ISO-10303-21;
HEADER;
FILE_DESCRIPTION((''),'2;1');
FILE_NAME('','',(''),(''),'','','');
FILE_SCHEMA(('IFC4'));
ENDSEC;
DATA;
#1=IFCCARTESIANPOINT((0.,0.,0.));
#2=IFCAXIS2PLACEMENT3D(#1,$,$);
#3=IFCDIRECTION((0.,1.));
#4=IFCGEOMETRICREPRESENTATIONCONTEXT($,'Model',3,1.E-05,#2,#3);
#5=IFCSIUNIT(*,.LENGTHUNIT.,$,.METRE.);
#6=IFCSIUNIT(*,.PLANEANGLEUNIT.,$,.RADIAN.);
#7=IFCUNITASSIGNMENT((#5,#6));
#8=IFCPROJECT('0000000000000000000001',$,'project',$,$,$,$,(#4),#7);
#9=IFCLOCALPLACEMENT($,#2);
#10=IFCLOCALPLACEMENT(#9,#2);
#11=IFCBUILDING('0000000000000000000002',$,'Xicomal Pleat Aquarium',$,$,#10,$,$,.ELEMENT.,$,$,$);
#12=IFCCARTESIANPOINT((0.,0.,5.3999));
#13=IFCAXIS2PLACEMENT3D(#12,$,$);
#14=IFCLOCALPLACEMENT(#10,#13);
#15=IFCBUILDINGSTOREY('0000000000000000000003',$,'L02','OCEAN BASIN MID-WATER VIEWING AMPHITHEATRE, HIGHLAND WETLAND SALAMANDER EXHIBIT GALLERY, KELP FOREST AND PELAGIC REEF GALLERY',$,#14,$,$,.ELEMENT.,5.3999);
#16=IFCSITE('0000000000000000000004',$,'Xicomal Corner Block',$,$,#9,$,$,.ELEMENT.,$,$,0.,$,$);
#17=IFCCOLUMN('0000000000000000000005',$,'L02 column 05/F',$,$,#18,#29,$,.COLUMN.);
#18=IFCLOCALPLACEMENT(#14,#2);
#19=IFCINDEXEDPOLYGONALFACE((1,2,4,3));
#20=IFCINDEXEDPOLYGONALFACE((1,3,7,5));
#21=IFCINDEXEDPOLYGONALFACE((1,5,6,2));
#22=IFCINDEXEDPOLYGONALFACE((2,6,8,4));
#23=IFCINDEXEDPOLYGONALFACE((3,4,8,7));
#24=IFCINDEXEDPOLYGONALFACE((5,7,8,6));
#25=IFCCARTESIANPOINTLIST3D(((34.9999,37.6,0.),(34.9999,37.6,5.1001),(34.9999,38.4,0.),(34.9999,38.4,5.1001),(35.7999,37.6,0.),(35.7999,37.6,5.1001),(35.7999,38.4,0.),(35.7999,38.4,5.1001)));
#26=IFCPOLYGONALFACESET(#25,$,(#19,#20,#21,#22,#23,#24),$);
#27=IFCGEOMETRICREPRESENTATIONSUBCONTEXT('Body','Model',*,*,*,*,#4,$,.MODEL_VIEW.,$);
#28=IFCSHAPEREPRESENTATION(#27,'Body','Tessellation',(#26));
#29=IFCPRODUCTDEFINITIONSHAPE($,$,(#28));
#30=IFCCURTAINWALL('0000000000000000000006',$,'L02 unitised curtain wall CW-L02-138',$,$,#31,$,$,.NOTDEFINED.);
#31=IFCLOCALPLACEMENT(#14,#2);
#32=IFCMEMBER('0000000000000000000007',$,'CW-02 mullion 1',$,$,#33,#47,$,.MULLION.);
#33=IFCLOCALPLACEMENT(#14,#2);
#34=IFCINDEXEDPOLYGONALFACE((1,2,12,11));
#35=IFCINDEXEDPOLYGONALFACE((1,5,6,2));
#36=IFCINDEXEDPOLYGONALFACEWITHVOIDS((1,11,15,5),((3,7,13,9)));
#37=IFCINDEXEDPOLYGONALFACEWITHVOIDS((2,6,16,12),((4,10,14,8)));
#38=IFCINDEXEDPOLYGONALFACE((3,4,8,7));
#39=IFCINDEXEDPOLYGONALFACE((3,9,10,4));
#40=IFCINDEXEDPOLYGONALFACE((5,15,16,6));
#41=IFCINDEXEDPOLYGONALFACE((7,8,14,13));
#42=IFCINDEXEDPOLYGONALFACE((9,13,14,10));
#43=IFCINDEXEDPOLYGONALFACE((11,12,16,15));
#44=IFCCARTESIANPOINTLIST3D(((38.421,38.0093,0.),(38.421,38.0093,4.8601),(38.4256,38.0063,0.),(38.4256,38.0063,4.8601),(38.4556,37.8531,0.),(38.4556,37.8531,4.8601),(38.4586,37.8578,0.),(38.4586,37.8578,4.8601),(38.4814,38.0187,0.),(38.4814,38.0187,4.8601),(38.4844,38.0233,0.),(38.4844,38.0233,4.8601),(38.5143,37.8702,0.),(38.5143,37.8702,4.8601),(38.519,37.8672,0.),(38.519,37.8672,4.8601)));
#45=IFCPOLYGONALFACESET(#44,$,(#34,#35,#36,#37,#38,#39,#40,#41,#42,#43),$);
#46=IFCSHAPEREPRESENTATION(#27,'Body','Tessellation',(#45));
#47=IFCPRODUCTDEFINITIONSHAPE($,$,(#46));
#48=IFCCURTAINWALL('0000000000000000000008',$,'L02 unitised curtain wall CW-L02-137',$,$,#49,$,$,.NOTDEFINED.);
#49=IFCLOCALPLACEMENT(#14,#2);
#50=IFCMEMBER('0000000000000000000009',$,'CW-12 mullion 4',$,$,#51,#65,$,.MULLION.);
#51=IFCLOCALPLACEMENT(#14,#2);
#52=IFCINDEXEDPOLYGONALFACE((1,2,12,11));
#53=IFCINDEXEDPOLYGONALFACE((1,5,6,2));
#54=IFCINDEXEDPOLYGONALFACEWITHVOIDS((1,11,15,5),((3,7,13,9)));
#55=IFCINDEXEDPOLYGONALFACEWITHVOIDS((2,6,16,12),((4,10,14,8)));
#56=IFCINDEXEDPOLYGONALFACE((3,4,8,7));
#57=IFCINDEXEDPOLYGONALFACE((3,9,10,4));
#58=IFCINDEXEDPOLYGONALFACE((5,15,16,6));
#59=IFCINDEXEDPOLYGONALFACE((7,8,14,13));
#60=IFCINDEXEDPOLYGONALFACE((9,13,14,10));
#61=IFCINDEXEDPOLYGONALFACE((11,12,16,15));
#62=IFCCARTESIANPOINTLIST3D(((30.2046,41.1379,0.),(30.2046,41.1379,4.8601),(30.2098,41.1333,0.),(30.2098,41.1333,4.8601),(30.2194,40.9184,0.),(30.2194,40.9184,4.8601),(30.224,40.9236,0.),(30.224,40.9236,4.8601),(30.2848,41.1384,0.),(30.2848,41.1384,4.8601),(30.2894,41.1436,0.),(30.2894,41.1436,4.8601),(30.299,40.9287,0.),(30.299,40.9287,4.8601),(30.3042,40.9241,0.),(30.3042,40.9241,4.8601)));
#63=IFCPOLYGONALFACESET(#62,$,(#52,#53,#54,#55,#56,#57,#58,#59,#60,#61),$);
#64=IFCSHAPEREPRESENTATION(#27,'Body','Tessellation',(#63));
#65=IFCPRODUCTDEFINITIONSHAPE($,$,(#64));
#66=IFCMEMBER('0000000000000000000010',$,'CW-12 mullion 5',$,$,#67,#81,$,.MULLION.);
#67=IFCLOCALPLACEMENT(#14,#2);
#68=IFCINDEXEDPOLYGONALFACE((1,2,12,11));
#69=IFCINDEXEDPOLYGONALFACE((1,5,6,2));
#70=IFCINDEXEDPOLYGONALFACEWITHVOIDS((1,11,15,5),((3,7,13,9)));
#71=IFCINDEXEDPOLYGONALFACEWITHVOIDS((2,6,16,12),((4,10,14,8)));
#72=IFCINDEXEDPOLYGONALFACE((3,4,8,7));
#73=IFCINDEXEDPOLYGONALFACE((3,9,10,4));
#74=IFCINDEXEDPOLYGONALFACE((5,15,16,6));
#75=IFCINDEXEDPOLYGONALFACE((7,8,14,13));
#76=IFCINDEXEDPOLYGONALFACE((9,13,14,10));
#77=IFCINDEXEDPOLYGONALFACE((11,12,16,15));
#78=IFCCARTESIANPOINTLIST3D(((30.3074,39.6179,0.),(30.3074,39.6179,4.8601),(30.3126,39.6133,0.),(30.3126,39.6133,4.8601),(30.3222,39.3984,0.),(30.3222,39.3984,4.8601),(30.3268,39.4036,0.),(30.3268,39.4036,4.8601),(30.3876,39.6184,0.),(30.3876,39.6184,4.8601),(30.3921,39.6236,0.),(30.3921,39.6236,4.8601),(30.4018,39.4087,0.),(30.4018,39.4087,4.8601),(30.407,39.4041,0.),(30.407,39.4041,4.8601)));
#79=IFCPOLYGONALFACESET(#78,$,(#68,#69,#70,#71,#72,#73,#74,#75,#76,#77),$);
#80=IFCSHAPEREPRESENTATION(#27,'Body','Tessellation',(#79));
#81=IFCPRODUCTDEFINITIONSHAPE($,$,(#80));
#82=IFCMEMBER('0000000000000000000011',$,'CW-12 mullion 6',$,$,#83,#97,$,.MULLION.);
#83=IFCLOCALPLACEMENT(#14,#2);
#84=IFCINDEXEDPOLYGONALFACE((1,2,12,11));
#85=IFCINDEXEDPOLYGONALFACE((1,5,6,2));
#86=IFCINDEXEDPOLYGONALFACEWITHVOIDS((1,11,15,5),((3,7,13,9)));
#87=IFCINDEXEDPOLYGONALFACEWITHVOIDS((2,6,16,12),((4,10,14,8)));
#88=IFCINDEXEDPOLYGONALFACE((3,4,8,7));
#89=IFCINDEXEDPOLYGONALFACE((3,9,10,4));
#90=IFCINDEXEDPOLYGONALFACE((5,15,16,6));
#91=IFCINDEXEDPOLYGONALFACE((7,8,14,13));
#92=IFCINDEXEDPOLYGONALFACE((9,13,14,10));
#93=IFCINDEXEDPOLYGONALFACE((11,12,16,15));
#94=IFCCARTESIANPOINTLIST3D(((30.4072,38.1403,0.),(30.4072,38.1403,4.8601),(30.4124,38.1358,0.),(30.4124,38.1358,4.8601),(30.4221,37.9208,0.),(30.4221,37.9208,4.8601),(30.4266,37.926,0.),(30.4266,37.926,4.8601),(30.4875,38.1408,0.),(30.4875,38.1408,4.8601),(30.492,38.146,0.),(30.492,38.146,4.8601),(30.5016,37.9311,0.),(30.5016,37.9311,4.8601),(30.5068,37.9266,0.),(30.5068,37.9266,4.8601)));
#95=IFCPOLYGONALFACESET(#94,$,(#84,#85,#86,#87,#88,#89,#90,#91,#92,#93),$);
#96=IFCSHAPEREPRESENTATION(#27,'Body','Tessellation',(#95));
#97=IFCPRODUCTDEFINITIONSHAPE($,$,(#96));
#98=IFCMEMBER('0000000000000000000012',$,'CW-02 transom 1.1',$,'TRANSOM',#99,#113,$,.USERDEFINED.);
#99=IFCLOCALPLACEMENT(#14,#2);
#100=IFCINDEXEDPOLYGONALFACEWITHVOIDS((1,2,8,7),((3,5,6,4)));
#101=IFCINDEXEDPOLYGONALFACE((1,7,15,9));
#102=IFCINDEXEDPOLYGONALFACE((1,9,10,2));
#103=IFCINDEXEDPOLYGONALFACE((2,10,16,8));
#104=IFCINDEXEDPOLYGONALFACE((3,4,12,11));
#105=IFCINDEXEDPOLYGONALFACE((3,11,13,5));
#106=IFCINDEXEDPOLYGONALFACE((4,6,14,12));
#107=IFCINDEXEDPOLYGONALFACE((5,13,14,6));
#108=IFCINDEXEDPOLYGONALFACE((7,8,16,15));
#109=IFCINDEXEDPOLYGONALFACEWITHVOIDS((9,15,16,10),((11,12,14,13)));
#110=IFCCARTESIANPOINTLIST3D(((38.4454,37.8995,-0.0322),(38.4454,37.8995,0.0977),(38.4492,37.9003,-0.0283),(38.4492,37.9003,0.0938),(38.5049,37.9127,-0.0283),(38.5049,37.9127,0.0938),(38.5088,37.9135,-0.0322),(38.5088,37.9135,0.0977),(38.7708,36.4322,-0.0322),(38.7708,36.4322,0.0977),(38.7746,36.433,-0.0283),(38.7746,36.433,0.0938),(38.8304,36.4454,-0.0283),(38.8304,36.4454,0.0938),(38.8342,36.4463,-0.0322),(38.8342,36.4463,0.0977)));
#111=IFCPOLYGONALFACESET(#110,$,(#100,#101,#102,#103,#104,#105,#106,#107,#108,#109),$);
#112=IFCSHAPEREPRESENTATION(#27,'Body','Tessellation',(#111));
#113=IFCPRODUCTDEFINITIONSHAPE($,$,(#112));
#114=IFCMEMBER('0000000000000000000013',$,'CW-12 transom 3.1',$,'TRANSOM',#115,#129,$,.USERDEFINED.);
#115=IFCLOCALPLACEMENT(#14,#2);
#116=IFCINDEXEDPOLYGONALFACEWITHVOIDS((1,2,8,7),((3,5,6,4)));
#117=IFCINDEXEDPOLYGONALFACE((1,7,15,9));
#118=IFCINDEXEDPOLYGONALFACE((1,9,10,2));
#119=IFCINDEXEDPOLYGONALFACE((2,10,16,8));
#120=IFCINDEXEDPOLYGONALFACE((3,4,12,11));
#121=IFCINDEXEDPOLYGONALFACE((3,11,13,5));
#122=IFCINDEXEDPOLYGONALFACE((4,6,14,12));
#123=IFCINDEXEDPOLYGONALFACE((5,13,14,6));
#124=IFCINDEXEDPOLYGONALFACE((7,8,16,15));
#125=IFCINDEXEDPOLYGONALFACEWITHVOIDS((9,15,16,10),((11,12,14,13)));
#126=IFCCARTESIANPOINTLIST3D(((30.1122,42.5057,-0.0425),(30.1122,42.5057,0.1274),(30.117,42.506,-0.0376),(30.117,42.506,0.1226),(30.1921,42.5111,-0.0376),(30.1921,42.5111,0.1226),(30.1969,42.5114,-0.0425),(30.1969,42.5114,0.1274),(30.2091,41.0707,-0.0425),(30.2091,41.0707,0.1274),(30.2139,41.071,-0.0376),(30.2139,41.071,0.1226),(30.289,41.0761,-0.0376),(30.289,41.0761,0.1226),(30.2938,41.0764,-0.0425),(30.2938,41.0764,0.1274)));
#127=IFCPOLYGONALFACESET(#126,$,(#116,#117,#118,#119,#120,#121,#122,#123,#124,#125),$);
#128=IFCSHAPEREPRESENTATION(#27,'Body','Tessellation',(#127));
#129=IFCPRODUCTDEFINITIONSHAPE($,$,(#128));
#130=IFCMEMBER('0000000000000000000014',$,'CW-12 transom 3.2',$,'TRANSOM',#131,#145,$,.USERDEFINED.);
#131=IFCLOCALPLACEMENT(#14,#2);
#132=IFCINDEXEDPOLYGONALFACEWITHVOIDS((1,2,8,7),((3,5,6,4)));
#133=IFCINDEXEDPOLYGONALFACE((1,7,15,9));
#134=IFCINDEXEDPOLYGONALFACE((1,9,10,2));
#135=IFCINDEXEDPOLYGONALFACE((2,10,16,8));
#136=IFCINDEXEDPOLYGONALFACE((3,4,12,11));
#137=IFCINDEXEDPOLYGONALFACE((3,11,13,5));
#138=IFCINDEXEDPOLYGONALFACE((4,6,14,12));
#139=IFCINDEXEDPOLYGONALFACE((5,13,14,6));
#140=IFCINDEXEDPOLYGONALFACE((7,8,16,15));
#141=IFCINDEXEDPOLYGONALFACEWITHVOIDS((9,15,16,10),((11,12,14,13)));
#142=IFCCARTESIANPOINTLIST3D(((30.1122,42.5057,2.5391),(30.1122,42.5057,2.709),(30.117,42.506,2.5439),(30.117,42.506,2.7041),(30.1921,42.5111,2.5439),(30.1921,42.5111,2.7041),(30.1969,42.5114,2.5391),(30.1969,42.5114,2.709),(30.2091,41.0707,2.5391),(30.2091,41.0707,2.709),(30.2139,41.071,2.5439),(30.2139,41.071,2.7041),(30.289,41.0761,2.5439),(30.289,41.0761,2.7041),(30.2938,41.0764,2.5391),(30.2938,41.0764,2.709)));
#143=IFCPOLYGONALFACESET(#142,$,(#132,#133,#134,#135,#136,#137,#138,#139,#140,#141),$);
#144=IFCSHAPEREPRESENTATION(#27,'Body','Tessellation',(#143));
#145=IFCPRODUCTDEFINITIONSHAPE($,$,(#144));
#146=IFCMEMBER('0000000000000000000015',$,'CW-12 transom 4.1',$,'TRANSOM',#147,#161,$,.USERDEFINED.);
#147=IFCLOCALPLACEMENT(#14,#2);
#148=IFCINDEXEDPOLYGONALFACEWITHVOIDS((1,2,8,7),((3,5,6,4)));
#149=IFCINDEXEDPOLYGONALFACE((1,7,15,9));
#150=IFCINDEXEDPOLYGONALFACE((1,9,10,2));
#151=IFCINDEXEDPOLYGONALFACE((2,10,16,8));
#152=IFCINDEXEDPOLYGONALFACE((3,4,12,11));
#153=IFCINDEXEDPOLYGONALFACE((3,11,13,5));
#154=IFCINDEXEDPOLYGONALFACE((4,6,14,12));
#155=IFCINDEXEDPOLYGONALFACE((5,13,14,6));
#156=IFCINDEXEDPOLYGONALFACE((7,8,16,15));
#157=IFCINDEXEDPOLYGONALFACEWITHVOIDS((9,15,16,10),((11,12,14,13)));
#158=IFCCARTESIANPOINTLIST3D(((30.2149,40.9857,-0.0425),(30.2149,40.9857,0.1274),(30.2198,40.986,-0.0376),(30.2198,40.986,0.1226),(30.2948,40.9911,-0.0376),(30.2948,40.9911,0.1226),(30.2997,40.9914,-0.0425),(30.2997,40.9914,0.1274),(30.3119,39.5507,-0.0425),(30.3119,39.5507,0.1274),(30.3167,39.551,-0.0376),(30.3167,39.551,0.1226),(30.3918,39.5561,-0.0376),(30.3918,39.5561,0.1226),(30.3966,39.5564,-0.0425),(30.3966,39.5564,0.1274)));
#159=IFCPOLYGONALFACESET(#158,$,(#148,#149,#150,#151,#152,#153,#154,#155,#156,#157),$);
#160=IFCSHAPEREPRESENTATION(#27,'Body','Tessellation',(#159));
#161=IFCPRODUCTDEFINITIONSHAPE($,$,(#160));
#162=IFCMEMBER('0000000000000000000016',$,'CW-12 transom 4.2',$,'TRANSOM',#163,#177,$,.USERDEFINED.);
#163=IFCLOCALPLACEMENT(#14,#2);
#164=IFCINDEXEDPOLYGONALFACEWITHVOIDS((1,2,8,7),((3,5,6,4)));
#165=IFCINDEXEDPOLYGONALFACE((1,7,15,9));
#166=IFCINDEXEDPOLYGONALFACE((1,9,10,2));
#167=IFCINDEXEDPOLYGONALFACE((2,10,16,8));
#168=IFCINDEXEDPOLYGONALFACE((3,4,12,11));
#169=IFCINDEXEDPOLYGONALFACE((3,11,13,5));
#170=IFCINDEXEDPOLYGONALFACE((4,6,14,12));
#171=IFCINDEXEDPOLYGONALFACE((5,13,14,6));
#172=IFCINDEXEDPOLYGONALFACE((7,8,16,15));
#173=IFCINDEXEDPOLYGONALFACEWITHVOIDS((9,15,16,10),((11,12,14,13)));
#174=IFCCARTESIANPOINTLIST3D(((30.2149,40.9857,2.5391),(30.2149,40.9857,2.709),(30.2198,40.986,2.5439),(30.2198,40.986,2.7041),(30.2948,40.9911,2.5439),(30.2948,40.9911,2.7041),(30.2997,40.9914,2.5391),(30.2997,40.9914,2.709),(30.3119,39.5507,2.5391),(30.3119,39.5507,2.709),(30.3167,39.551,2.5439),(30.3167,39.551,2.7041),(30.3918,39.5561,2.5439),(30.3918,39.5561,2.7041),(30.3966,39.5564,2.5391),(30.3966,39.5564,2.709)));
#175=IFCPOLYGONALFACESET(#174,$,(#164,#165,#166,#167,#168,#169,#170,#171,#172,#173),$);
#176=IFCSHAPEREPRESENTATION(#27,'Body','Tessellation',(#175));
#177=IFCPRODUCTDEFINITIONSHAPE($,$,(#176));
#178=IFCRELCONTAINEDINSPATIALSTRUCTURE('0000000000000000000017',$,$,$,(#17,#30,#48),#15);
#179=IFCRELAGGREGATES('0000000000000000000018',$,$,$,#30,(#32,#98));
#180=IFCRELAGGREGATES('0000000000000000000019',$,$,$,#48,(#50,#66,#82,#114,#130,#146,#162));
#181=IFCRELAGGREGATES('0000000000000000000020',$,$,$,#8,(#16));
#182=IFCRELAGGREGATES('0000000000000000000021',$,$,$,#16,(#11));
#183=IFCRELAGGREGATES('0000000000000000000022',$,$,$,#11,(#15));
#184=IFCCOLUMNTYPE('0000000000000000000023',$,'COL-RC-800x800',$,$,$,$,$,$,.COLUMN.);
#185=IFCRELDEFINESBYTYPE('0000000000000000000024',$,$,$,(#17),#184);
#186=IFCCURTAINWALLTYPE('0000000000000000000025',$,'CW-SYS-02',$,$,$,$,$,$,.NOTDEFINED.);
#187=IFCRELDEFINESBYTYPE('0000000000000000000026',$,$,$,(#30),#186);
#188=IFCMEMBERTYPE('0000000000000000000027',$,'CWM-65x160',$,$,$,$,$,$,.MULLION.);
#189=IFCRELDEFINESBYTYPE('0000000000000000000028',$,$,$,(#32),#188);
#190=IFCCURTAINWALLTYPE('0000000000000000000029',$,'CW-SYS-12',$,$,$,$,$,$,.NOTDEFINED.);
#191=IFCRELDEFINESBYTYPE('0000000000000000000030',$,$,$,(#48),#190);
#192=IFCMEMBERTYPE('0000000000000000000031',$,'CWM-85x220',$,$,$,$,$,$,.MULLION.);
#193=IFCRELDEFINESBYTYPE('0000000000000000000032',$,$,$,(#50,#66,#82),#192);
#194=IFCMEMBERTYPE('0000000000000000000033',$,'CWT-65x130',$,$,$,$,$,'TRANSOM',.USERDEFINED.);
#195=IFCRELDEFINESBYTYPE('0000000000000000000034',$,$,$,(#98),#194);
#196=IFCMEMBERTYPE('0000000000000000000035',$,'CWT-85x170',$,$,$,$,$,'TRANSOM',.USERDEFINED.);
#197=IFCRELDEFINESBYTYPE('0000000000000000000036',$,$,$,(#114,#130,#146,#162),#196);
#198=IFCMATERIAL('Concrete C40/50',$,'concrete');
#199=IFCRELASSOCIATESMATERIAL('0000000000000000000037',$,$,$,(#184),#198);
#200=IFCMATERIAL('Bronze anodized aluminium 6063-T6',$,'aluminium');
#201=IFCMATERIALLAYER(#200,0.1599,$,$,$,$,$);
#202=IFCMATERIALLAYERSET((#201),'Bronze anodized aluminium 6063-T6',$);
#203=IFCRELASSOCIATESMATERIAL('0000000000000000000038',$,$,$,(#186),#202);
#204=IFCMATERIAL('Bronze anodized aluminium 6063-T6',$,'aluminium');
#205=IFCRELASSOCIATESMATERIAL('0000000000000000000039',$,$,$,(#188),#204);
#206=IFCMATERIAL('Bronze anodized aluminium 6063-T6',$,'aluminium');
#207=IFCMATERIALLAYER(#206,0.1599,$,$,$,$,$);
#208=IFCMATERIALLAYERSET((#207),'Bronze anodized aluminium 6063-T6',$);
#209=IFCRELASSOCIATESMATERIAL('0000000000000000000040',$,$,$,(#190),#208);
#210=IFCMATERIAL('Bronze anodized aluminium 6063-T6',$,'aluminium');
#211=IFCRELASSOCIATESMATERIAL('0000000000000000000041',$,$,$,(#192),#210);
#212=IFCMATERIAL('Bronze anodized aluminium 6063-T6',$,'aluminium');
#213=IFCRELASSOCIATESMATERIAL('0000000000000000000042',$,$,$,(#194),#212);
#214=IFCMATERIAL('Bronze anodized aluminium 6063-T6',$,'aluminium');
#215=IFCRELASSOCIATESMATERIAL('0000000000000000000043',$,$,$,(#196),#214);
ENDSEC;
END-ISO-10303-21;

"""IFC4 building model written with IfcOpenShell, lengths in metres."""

from ifc_helpers import new_model, si_unit, direction, frame, origin, origin_2d, place, context, subcontext, project, spatial, rectangle, hollow_rectangle, extrude, material, layer, layer_set, material_profile, profile_set, type_object, element, aggregate, save


model = new_model("IFC4")

# Units and contexts
model_context = context("Model", 3, precision=1e-05, world=origin(), true_north=direction((0.0, 1.0)))
body_context = subcontext(model_context, "Body", "Model", "MODEL_VIEW")
ifc_project = project(units=[si_unit("LENGTHUNIT", "METRE"), si_unit("PLANEANGLEUNIT", "RADIAN")], contexts=[model_context])

# Site, building, storey
site_placement = place(None, origin())
site = spatial("IfcSite", under=ifc_project, at=site_placement, Name="Xicomal Corner Block", CompositionType="ELEMENT", RefElevation=0.0)
building_placement = place(site_placement, origin())
building = spatial("IfcBuilding", under=site, at=building_placement, Name="Xicomal Pleat Aquarium", CompositionType="ELEMENT")
storey_placement = place(building_placement, frame((0.0, 0.0, 5.3999)))
storey = spatial("IfcBuildingStorey", under=building, at=storey_placement, Name="L02", Description="OCEAN BASIN MID-WATER VIEWING AMPHITHEATRE, HIGHLAND WETLAND SALAMANDER EXHIBIT GALLERY, KELP FOREST AND PELAGIC REEF GALLERY", CompositionType="ELEMENT", Elevation=5.3999)

# Column
ifc_material_1 = material(Name="Concrete C40/50", Category="concrete")
ifc_material_profile_1 = material_profile(ifc_material_1, rectangle(XDim=0.8, YDim=0.8, at=origin_2d()), Name="RC 800x800")
ifc_profile_set_1 = profile_set([ifc_material_profile_1], Name="Concrete C40/50")
column_type = type_object("IfcColumnType", Name="COL-RC-800x800", PredefinedType="COLUMN", material=ifc_profile_set_1)
column_placement = place(storey_placement, frame((35.3999, 38.0, 0.0), z_axis=(0.0, 0.0, 1.0), x_axis=(1.0, 0.0, 0.0)))
element("IfcColumn", 1, at=column_placement, inside=storey, type_object=column_type, Name="L02 column 05/F", PredefinedType="COLUMN", context=body_context, shape_type="SweptSolid", body=[
    extrude(rectangle(XDim=0.8, YDim=0.8, at=origin_2d()), origin(), (0.0, 0.0, 1.0), 5.1001),
])

# Curtain wall, member
ifc_material_2 = material(Name="Bronze anodized aluminium 6063-T6", Category="aluminium")
ifc_layer_1 = layer(ifc_material_2, 0.1599)
ifc_layer_set_1 = layer_set([ifc_layer_1], Name="Bronze anodized aluminium 6063-T6")
curtain_wall_type_1 = type_object("IfcCurtainWallType", Name="CW-SYS-02", PredefinedType="NOTDEFINED", material=ifc_layer_set_1)
curtain_wall_1_placement = place(storey_placement, origin())
curtain_wall_1 = element("IfcCurtainWall", 2, at=curtain_wall_1_placement, inside=storey, type_object=curtain_wall_type_1, Name="L02 unitised curtain wall CW-L02-138", PredefinedType="NOTDEFINED")
ifc_material_3 = material(Name="Bronze anodized aluminium 6063-T6", Category="aluminium")
ifc_material_profile_2 = material_profile(ifc_material_3, hollow_rectangle(XDim=0.0649, YDim=0.1599, WallThickness=0.0039, at=origin_2d()), Name="ALU MULL 65x160")
ifc_profile_set_2 = profile_set([ifc_material_profile_2], Name="Bronze anodized aluminium 6063-T6")
member_type_1 = type_object("IfcMemberType", Name="CWM-65x160", PredefinedType="MULLION", material=ifc_profile_set_2)
member_1_placement = place(storey_placement, frame((38.47, 37.9382, 0.0), z_axis=(0.0, 0.0, 1.0), x_axis=(0.976272, 0.216547, 0.0)))
member_1 = element("IfcMember", 3, at=member_1_placement, type_object=member_type_1, Name="CW-02 mullion 1", PredefinedType="MULLION", context=body_context, shape_type="SweptSolid", body=[
    extrude(hollow_rectangle(XDim=0.0649, YDim=0.1599, WallThickness=0.0039, at=origin_2d()), origin(), (0.0, 0.0, 1.0), 4.8601),
])

# Curtain wall, members
ifc_material_4 = material(Name="Bronze anodized aluminium 6063-T6", Category="aluminium")
ifc_layer_2 = layer(ifc_material_4, 0.1599)
ifc_layer_set_2 = layer_set([ifc_layer_2], Name="Bronze anodized aluminium 6063-T6")
curtain_wall_type_2 = type_object("IfcCurtainWallType", Name="CW-SYS-12", PredefinedType="NOTDEFINED", material=ifc_layer_set_2)
curtain_wall_2_placement = place(storey_placement, origin())
curtain_wall_2 = element("IfcCurtainWall", 4, at=curtain_wall_2_placement, inside=storey, type_object=curtain_wall_type_2, Name="L02 unitised curtain wall CW-L02-137", PredefinedType="NOTDEFINED")
ifc_material_5 = material(Name="Bronze anodized aluminium 6063-T6", Category="aluminium")
ifc_material_profile_3 = material_profile(ifc_material_5, hollow_rectangle(XDim=0.085, YDim=0.22, WallThickness=0.0049, at=origin_2d()), Name="ALU MULL 85x220")
ifc_profile_set_3 = profile_set([ifc_material_profile_3], Name="Bronze anodized aluminium 6063-T6")
member_type_2 = type_object("IfcMemberType", Name="CWM-85x220", PredefinedType="MULLION", material=ifc_profile_set_3)
member_2_placement = place(storey_placement, frame((30.2544, 41.031, 0.0), z_axis=(0.0, 0.0, 1.0), x_axis=(0.997721, 0.067477, 0.0)))
member_2 = element("IfcMember", 5, at=member_2_placement, type_object=member_type_2, Name="CW-12 mullion 4", PredefinedType="MULLION", context=body_context, shape_type="SweptSolid", body=[
    extrude(hollow_rectangle(XDim=0.085, YDim=0.22, WallThickness=0.0049, at=origin_2d()), origin(), (0.0, 0.0, 1.0), 4.8601),
])
member_3_placement = place(storey_placement, frame((30.3572, 39.511, 0.0), z_axis=(0.0, 0.0, 1.0), x_axis=(0.997721, 0.067477, 0.0)))
member_3 = element("IfcMember", 6, at=member_3_placement, type_object=member_type_2, Name="CW-12 mullion 5", PredefinedType="MULLION", context=body_context, shape_type="SweptSolid", body=[
    extrude(hollow_rectangle(XDim=0.085, YDim=0.22, WallThickness=0.0049, at=origin_2d()), origin(), (0.0, 0.0, 1.0), 4.8601),
])
member_4_placement = place(storey_placement, frame((30.457, 38.0334, 0.0), z_axis=(0.0, 0.0, 1.0), x_axis=(0.997721, 0.067477, 0.0)))
member_4 = element("IfcMember", 7, at=member_4_placement, type_object=member_type_2, Name="CW-12 mullion 6", PredefinedType="MULLION", context=body_context, shape_type="SweptSolid", body=[
    extrude(hollow_rectangle(XDim=0.085, YDim=0.22, WallThickness=0.0049, at=origin_2d()), origin(), (0.0, 0.0, 1.0), 4.8601),
])

# Members
ifc_material_6 = material(Name="Bronze anodized aluminium 6063-T6", Category="aluminium")
ifc_material_profile_4 = material_profile(ifc_material_6, hollow_rectangle(XDim=0.0649, YDim=0.1299, WallThickness=0.0039, at=origin_2d()), Name="ALU TRAN 65x130")
ifc_profile_set_4 = profile_set([ifc_material_profile_4], Name="Bronze anodized aluminium 6063-T6")
member_type_3 = type_object("IfcMemberType", Name="CWT-65x130", ElementType="TRANSOM", PredefinedType="USERDEFINED", material=ifc_profile_set_4)
member_5_placement = place(storey_placement, frame((38.4771, 37.9065, 0.0327), z_axis=(0.216535, -0.976275, 0.0), x_axis=(0.976275, 0.216535, 0.0)))
member_5 = element("IfcMember", 8, at=member_5_placement, type_object=member_type_3, Name="CW-02 transom 1.1", ObjectType="TRANSOM", PredefinedType="USERDEFINED", context=body_context, shape_type="SweptSolid", body=[
    extrude(hollow_rectangle(XDim=0.0649, YDim=0.1299, WallThickness=0.0039, at=origin_2d()), origin(), (0.0, 0.0, 1.0), 1.5029),
])
aggregate(curtain_wall_1, [member_1, member_5])
ifc_material_7 = material(Name="Bronze anodized aluminium 6063-T6", Category="aluminium")
ifc_material_profile_5 = material_profile(ifc_material_7, hollow_rectangle(XDim=0.085, YDim=0.1699, WallThickness=0.0049, at=origin_2d()), Name="ALU TRAN 85x170")
ifc_profile_set_5 = profile_set([ifc_material_profile_5], Name="Bronze anodized aluminium 6063-T6")
member_type_4 = type_object("IfcMemberType", Name="CWT-85x170", ElementType="TRANSOM", PredefinedType="USERDEFINED", material=ifc_profile_set_5)
member_6_placement = place(storey_placement, frame((30.1545, 42.5085, 0.0425), z_axis=(0.067386, -0.997727, 0.0), x_axis=(0.997727, 0.067386, 0.0)))
member_6 = element("IfcMember", 9, at=member_6_placement, type_object=member_type_4, Name="CW-12 transom 3.1", ObjectType="TRANSOM", PredefinedType="USERDEFINED", context=body_context, shape_type="SweptSolid", body=[
    extrude(hollow_rectangle(XDim=0.085, YDim=0.1699, WallThickness=0.0049, at=origin_2d()), origin(), (0.0, 0.0, 1.0), 1.4382),
])
member_7_placement = place(storey_placement, frame((30.1545, 42.5085, 2.624), z_axis=(0.067386, -0.997727, 0.0), x_axis=(0.997727, 0.067386, 0.0)))
member_7 = element("IfcMember", 10, at=member_7_placement, type_object=member_type_4, Name="CW-12 transom 3.2", ObjectType="TRANSOM", PredefinedType="USERDEFINED", context=body_context, shape_type="SweptSolid", body=[
    extrude(hollow_rectangle(XDim=0.085, YDim=0.1699, WallThickness=0.0049, at=origin_2d()), origin(), (0.0, 0.0, 1.0), 1.4382),
])
member_8_placement = place(storey_placement, frame((30.2573, 40.9885, 0.0425), z_axis=(0.067386, -0.997727, 0.0), x_axis=(0.997727, 0.067386, 0.0)))
member_8 = element("IfcMember", 11, at=member_8_placement, type_object=member_type_4, Name="CW-12 transom 4.1", ObjectType="TRANSOM", PredefinedType="USERDEFINED", context=body_context, shape_type="SweptSolid", body=[
    extrude(hollow_rectangle(XDim=0.085, YDim=0.1699, WallThickness=0.0049, at=origin_2d()), origin(), (0.0, 0.0, 1.0), 1.4382),
])
member_9_placement = place(storey_placement, frame((30.2573, 40.9885, 2.624), z_axis=(0.067386, -0.997727, 0.0), x_axis=(0.997727, 0.067386, 0.0)))
member_9 = element("IfcMember", 12, at=member_9_placement, type_object=member_type_4, Name="CW-12 transom 4.2", ObjectType="TRANSOM", PredefinedType="USERDEFINED", context=body_context, shape_type="SweptSolid", body=[
    extrude(hollow_rectangle(XDim=0.085, YDim=0.1699, WallThickness=0.0049, at=origin_2d()), origin(), (0.0, 0.0, 1.0), 1.4382),
])

aggregate(curtain_wall_2, [member_2, member_3, member_4, member_6, member_7, member_8, member_9])

save(model, "model.ifc")
